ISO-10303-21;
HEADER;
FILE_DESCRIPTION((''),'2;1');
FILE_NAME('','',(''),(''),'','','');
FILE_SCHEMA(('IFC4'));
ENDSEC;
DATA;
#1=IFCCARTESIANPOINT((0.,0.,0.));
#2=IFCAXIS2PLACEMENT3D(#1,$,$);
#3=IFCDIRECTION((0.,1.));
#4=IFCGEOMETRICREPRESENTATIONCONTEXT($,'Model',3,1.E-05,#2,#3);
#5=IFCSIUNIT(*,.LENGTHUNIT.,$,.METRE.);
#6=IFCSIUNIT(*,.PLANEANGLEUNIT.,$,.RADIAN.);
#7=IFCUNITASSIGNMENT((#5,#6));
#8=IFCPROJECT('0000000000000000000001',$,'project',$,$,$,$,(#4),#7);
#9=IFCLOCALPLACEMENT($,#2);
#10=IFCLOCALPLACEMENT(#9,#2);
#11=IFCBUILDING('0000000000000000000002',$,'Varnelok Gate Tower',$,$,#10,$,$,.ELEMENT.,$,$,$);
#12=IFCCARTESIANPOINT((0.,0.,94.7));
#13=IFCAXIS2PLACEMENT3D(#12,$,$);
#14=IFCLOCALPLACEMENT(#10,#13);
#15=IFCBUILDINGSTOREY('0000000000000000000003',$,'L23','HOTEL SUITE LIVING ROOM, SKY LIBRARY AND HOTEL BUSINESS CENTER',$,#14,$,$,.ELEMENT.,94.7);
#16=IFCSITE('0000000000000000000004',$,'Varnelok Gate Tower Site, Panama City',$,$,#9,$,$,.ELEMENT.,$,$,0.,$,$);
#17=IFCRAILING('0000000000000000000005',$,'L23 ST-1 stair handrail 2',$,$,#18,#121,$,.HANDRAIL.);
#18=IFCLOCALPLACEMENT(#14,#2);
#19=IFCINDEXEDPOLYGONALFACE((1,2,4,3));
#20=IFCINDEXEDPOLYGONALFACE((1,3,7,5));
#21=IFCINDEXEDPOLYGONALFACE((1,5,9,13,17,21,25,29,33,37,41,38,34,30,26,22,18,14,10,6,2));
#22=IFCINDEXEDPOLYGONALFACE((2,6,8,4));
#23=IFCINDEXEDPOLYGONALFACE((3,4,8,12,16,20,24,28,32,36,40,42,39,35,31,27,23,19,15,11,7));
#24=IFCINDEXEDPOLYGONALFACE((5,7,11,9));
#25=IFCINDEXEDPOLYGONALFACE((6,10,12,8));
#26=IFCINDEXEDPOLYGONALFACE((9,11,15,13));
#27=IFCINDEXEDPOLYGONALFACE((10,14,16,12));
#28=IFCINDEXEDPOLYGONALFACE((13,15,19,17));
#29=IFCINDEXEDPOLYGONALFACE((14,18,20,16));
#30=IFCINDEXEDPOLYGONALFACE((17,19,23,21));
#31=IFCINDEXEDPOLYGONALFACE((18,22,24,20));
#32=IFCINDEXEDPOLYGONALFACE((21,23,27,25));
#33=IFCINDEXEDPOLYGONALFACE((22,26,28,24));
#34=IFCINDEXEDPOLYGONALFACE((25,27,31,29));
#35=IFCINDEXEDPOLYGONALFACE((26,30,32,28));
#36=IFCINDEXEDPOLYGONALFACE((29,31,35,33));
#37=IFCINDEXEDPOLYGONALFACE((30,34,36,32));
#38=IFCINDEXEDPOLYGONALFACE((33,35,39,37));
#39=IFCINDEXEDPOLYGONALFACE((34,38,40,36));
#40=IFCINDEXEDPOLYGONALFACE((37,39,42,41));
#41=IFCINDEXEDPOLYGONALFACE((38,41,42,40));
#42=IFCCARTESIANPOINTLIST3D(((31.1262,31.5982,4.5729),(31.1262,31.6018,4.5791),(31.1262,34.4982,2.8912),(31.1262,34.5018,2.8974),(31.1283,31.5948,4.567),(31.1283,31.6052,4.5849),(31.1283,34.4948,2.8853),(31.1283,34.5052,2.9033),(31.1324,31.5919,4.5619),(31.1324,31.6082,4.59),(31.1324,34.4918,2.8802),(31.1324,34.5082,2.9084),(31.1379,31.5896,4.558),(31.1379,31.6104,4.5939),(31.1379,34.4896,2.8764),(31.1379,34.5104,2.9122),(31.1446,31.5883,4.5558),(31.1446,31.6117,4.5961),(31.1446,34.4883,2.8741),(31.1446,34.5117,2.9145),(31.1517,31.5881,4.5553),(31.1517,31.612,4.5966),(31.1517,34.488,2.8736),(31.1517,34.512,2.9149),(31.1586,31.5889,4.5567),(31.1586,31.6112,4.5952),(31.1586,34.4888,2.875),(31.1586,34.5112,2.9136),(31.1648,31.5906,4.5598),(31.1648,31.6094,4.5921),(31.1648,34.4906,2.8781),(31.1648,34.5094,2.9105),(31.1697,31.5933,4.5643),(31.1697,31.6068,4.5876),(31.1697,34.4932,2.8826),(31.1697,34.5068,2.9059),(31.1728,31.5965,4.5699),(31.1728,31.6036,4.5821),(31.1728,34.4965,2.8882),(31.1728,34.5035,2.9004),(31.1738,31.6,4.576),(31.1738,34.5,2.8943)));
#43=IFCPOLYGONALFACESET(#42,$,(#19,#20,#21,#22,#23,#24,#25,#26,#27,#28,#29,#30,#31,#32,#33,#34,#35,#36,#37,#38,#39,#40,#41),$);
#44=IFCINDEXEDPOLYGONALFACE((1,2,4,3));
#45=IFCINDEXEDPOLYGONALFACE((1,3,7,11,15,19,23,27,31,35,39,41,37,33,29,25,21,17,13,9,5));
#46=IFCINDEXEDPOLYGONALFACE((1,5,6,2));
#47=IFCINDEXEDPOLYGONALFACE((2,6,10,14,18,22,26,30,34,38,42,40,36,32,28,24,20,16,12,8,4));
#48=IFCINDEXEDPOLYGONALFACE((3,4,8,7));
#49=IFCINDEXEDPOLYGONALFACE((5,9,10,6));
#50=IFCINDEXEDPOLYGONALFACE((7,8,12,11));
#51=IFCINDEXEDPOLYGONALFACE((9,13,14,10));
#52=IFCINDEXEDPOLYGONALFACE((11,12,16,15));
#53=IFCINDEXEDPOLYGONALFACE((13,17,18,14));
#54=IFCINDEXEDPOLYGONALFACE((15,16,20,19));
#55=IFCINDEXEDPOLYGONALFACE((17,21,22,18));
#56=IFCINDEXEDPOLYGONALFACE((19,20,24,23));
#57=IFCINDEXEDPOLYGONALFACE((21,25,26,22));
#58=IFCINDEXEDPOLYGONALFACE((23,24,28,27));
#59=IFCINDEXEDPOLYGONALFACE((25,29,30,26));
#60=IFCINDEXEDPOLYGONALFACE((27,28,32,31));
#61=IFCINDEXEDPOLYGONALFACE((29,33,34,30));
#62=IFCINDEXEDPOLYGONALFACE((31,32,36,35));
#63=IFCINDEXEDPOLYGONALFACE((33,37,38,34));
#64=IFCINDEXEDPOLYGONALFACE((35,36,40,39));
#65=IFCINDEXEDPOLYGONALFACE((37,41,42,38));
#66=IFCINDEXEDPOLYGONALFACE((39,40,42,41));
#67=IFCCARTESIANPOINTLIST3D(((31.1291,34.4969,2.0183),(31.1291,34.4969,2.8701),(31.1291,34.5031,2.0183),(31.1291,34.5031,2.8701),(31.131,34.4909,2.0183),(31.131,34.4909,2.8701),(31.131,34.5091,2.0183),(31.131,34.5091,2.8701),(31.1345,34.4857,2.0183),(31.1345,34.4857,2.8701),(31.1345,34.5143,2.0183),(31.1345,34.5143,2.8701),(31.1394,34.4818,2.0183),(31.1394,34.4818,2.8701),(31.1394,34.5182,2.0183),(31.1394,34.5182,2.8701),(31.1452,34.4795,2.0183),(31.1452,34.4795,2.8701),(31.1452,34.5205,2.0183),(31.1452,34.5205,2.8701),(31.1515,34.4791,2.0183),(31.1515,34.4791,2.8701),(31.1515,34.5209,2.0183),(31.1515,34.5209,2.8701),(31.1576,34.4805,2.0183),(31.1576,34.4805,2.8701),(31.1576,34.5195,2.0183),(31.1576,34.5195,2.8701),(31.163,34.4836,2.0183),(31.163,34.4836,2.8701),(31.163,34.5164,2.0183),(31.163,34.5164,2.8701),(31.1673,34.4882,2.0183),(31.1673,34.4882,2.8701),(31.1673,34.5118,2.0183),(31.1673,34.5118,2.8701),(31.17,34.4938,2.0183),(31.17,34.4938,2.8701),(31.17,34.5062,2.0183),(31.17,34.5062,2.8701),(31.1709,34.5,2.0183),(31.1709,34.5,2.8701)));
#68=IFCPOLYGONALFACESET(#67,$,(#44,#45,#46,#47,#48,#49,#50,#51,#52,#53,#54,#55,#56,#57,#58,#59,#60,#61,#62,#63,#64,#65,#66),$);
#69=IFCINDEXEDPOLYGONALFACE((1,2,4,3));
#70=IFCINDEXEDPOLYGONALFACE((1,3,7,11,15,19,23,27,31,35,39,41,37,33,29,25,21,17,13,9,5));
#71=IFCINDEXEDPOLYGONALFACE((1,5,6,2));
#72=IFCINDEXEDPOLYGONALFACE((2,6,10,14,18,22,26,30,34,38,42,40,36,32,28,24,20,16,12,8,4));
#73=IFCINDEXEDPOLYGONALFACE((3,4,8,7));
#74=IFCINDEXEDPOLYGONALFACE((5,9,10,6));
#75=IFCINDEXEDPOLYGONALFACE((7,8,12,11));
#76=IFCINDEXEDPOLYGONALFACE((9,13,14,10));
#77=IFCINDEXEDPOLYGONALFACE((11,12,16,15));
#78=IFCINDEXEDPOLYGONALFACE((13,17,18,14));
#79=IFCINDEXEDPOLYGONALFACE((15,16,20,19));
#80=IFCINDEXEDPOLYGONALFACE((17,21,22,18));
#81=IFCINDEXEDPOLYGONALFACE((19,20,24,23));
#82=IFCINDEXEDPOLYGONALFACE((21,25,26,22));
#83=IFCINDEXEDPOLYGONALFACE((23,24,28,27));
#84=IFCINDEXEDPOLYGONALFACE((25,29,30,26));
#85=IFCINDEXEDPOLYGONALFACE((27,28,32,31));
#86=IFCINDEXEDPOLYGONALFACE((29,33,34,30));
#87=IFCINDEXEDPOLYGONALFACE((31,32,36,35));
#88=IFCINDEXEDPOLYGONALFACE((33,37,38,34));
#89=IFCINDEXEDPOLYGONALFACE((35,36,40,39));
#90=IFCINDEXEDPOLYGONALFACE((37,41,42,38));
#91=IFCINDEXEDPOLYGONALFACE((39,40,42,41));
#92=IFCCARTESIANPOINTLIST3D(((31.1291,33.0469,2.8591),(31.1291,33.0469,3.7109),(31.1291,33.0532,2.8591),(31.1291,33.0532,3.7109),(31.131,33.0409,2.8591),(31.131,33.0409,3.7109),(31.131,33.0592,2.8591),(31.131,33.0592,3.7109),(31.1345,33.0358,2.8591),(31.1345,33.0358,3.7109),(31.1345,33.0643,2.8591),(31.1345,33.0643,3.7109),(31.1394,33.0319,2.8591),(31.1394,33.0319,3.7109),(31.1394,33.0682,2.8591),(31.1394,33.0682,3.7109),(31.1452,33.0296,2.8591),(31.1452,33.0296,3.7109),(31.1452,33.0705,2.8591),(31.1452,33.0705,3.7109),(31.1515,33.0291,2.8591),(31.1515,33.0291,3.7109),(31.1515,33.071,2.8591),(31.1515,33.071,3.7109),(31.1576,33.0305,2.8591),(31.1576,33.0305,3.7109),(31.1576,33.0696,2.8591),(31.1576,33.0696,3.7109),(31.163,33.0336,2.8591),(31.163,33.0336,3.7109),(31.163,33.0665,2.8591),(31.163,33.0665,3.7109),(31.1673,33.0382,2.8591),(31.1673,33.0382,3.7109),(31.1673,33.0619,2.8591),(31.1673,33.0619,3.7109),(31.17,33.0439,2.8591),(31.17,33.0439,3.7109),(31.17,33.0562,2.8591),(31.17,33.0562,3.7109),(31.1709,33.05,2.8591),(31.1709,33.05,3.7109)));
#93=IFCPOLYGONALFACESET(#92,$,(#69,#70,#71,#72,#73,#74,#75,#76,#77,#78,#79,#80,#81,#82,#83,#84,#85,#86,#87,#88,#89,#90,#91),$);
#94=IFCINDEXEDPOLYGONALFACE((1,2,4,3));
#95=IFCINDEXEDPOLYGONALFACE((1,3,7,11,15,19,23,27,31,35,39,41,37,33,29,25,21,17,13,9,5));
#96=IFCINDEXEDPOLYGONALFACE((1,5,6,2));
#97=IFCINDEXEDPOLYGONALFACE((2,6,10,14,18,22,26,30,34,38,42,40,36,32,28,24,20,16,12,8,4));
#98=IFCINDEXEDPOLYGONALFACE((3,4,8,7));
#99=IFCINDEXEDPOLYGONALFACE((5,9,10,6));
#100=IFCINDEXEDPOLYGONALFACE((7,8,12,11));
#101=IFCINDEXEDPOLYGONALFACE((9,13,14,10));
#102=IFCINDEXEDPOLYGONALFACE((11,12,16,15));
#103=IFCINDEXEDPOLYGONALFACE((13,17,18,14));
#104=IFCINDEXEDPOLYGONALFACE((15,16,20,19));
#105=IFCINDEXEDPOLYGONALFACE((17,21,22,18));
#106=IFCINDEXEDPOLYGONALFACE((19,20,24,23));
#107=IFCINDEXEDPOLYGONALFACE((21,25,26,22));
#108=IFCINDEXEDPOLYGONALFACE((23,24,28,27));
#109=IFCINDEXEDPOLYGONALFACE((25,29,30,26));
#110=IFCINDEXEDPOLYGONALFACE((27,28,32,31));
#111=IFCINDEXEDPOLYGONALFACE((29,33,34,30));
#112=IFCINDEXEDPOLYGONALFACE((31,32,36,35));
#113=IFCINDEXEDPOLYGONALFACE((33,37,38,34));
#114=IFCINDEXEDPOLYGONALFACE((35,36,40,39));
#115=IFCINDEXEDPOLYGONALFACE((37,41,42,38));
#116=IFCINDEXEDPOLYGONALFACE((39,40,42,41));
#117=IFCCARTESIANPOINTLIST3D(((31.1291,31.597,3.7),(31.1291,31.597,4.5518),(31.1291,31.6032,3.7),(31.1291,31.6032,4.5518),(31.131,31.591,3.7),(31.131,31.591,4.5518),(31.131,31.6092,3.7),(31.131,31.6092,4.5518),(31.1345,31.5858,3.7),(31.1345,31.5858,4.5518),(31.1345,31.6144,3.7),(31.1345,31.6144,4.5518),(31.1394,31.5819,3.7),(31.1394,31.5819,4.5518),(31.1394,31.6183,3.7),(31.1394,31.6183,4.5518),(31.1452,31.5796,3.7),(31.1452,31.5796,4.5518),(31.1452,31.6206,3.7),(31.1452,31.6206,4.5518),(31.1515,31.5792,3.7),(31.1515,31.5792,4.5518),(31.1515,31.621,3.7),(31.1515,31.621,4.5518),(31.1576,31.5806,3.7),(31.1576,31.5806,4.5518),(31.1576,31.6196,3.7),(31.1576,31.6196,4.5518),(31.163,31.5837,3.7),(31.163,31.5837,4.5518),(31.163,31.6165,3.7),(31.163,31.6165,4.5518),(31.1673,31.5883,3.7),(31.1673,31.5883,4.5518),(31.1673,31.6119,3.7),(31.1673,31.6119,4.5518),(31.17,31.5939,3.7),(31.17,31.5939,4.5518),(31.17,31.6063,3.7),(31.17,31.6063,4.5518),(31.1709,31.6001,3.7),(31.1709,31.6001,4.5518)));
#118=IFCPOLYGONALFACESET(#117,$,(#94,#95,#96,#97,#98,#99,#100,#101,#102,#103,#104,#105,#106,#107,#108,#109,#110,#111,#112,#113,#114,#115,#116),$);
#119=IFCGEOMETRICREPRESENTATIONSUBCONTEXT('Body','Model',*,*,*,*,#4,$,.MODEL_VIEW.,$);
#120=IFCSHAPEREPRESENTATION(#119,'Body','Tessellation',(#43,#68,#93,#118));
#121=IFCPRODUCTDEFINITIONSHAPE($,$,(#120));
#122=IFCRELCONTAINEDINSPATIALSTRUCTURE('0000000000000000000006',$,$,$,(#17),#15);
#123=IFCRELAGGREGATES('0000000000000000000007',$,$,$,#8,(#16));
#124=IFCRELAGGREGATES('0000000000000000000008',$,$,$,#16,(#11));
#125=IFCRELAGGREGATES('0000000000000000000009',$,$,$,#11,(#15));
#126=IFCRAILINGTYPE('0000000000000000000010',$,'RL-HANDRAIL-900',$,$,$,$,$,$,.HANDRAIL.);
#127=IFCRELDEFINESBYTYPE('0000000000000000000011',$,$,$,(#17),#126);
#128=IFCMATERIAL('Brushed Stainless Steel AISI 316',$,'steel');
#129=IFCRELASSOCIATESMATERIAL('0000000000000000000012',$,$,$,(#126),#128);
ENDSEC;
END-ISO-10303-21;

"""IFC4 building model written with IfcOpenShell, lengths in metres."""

from ifc_helpers import new_model, si_unit, direction, frame, origin, origin_2d, place, context, subcontext, project, spatial, circle, extrude, material, type_object, element, save


model = new_model("IFC4")

# Units and contexts
model_context = context("Model", 3, precision=1e-05, world=origin(), true_north=direction((0.0, 1.0)))
body_context = subcontext(model_context, "Body", "Model", "MODEL_VIEW")
ifc_project = project(units=[si_unit("LENGTHUNIT", "METRE"), si_unit("PLANEANGLEUNIT", "RADIAN")], contexts=[model_context])

# Site, building, storey
site_placement = place(None, origin())
site = spatial("IfcSite", under=ifc_project, at=site_placement, Name="Varnelok Gate Tower Site, Panama City", CompositionType="ELEMENT", RefElevation=0.0)
building_placement = place(site_placement, origin())
building = spatial("IfcBuilding", under=site, at=building_placement, Name="Varnelok Gate Tower", CompositionType="ELEMENT")
storey_placement = place(building_placement, frame((0.0, 0.0, 94.7)))
storey = spatial("IfcBuildingStorey", under=building, at=storey_placement, Name="L23", Description="HOTEL SUITE LIVING ROOM, SKY LIBRARY AND HOTEL BUSINESS CENTER", CompositionType="ELEMENT", Elevation=94.7)

# Railing
ifc_material_1 = material(Name="Brushed Stainless Steel AISI 316", Category="steel")
railing_type_1 = type_object("IfcRailingType", Name="RL-HANDRAIL-900", PredefinedType="HANDRAIL", material=ifc_material_1)
railing_1_placement = place(storey_placement, frame((31.1499, 34.5, 2.0183)))
element("IfcRailing", 1, at=railing_1_placement, inside=storey, type_object=railing_type_1, Name="L23 ST-1 stair handrail 2", PredefinedType="HANDRAIL", context=body_context, shape_type="SweptSolid", body=[
    extrude(circle(Radius=0.0239, at=origin_2d()), frame((0.0, 0.0, 0.876), z_axis=(0.0, -0.86507, 0.501651), x_axis=(1.0, 0.0, 0.0)), (0.0, 0.0, 1.0), 3.3523),
    extrude(circle(Radius=0.021, at=origin_2d()), origin(), (0.0, 0.0, 1.0), 0.8518),
    extrude(circle(Radius=0.021, at=origin_2d()), frame((0.0, -1.45, 0.8408)), (0.0, 0.0, 1.0), 0.8518),
    extrude(circle(Radius=0.021, at=origin_2d()), frame((0.0, -2.8999, 1.6816)), (0.0, 0.0, 1.0), 0.8518),
])

save(model, "model.ifc")
